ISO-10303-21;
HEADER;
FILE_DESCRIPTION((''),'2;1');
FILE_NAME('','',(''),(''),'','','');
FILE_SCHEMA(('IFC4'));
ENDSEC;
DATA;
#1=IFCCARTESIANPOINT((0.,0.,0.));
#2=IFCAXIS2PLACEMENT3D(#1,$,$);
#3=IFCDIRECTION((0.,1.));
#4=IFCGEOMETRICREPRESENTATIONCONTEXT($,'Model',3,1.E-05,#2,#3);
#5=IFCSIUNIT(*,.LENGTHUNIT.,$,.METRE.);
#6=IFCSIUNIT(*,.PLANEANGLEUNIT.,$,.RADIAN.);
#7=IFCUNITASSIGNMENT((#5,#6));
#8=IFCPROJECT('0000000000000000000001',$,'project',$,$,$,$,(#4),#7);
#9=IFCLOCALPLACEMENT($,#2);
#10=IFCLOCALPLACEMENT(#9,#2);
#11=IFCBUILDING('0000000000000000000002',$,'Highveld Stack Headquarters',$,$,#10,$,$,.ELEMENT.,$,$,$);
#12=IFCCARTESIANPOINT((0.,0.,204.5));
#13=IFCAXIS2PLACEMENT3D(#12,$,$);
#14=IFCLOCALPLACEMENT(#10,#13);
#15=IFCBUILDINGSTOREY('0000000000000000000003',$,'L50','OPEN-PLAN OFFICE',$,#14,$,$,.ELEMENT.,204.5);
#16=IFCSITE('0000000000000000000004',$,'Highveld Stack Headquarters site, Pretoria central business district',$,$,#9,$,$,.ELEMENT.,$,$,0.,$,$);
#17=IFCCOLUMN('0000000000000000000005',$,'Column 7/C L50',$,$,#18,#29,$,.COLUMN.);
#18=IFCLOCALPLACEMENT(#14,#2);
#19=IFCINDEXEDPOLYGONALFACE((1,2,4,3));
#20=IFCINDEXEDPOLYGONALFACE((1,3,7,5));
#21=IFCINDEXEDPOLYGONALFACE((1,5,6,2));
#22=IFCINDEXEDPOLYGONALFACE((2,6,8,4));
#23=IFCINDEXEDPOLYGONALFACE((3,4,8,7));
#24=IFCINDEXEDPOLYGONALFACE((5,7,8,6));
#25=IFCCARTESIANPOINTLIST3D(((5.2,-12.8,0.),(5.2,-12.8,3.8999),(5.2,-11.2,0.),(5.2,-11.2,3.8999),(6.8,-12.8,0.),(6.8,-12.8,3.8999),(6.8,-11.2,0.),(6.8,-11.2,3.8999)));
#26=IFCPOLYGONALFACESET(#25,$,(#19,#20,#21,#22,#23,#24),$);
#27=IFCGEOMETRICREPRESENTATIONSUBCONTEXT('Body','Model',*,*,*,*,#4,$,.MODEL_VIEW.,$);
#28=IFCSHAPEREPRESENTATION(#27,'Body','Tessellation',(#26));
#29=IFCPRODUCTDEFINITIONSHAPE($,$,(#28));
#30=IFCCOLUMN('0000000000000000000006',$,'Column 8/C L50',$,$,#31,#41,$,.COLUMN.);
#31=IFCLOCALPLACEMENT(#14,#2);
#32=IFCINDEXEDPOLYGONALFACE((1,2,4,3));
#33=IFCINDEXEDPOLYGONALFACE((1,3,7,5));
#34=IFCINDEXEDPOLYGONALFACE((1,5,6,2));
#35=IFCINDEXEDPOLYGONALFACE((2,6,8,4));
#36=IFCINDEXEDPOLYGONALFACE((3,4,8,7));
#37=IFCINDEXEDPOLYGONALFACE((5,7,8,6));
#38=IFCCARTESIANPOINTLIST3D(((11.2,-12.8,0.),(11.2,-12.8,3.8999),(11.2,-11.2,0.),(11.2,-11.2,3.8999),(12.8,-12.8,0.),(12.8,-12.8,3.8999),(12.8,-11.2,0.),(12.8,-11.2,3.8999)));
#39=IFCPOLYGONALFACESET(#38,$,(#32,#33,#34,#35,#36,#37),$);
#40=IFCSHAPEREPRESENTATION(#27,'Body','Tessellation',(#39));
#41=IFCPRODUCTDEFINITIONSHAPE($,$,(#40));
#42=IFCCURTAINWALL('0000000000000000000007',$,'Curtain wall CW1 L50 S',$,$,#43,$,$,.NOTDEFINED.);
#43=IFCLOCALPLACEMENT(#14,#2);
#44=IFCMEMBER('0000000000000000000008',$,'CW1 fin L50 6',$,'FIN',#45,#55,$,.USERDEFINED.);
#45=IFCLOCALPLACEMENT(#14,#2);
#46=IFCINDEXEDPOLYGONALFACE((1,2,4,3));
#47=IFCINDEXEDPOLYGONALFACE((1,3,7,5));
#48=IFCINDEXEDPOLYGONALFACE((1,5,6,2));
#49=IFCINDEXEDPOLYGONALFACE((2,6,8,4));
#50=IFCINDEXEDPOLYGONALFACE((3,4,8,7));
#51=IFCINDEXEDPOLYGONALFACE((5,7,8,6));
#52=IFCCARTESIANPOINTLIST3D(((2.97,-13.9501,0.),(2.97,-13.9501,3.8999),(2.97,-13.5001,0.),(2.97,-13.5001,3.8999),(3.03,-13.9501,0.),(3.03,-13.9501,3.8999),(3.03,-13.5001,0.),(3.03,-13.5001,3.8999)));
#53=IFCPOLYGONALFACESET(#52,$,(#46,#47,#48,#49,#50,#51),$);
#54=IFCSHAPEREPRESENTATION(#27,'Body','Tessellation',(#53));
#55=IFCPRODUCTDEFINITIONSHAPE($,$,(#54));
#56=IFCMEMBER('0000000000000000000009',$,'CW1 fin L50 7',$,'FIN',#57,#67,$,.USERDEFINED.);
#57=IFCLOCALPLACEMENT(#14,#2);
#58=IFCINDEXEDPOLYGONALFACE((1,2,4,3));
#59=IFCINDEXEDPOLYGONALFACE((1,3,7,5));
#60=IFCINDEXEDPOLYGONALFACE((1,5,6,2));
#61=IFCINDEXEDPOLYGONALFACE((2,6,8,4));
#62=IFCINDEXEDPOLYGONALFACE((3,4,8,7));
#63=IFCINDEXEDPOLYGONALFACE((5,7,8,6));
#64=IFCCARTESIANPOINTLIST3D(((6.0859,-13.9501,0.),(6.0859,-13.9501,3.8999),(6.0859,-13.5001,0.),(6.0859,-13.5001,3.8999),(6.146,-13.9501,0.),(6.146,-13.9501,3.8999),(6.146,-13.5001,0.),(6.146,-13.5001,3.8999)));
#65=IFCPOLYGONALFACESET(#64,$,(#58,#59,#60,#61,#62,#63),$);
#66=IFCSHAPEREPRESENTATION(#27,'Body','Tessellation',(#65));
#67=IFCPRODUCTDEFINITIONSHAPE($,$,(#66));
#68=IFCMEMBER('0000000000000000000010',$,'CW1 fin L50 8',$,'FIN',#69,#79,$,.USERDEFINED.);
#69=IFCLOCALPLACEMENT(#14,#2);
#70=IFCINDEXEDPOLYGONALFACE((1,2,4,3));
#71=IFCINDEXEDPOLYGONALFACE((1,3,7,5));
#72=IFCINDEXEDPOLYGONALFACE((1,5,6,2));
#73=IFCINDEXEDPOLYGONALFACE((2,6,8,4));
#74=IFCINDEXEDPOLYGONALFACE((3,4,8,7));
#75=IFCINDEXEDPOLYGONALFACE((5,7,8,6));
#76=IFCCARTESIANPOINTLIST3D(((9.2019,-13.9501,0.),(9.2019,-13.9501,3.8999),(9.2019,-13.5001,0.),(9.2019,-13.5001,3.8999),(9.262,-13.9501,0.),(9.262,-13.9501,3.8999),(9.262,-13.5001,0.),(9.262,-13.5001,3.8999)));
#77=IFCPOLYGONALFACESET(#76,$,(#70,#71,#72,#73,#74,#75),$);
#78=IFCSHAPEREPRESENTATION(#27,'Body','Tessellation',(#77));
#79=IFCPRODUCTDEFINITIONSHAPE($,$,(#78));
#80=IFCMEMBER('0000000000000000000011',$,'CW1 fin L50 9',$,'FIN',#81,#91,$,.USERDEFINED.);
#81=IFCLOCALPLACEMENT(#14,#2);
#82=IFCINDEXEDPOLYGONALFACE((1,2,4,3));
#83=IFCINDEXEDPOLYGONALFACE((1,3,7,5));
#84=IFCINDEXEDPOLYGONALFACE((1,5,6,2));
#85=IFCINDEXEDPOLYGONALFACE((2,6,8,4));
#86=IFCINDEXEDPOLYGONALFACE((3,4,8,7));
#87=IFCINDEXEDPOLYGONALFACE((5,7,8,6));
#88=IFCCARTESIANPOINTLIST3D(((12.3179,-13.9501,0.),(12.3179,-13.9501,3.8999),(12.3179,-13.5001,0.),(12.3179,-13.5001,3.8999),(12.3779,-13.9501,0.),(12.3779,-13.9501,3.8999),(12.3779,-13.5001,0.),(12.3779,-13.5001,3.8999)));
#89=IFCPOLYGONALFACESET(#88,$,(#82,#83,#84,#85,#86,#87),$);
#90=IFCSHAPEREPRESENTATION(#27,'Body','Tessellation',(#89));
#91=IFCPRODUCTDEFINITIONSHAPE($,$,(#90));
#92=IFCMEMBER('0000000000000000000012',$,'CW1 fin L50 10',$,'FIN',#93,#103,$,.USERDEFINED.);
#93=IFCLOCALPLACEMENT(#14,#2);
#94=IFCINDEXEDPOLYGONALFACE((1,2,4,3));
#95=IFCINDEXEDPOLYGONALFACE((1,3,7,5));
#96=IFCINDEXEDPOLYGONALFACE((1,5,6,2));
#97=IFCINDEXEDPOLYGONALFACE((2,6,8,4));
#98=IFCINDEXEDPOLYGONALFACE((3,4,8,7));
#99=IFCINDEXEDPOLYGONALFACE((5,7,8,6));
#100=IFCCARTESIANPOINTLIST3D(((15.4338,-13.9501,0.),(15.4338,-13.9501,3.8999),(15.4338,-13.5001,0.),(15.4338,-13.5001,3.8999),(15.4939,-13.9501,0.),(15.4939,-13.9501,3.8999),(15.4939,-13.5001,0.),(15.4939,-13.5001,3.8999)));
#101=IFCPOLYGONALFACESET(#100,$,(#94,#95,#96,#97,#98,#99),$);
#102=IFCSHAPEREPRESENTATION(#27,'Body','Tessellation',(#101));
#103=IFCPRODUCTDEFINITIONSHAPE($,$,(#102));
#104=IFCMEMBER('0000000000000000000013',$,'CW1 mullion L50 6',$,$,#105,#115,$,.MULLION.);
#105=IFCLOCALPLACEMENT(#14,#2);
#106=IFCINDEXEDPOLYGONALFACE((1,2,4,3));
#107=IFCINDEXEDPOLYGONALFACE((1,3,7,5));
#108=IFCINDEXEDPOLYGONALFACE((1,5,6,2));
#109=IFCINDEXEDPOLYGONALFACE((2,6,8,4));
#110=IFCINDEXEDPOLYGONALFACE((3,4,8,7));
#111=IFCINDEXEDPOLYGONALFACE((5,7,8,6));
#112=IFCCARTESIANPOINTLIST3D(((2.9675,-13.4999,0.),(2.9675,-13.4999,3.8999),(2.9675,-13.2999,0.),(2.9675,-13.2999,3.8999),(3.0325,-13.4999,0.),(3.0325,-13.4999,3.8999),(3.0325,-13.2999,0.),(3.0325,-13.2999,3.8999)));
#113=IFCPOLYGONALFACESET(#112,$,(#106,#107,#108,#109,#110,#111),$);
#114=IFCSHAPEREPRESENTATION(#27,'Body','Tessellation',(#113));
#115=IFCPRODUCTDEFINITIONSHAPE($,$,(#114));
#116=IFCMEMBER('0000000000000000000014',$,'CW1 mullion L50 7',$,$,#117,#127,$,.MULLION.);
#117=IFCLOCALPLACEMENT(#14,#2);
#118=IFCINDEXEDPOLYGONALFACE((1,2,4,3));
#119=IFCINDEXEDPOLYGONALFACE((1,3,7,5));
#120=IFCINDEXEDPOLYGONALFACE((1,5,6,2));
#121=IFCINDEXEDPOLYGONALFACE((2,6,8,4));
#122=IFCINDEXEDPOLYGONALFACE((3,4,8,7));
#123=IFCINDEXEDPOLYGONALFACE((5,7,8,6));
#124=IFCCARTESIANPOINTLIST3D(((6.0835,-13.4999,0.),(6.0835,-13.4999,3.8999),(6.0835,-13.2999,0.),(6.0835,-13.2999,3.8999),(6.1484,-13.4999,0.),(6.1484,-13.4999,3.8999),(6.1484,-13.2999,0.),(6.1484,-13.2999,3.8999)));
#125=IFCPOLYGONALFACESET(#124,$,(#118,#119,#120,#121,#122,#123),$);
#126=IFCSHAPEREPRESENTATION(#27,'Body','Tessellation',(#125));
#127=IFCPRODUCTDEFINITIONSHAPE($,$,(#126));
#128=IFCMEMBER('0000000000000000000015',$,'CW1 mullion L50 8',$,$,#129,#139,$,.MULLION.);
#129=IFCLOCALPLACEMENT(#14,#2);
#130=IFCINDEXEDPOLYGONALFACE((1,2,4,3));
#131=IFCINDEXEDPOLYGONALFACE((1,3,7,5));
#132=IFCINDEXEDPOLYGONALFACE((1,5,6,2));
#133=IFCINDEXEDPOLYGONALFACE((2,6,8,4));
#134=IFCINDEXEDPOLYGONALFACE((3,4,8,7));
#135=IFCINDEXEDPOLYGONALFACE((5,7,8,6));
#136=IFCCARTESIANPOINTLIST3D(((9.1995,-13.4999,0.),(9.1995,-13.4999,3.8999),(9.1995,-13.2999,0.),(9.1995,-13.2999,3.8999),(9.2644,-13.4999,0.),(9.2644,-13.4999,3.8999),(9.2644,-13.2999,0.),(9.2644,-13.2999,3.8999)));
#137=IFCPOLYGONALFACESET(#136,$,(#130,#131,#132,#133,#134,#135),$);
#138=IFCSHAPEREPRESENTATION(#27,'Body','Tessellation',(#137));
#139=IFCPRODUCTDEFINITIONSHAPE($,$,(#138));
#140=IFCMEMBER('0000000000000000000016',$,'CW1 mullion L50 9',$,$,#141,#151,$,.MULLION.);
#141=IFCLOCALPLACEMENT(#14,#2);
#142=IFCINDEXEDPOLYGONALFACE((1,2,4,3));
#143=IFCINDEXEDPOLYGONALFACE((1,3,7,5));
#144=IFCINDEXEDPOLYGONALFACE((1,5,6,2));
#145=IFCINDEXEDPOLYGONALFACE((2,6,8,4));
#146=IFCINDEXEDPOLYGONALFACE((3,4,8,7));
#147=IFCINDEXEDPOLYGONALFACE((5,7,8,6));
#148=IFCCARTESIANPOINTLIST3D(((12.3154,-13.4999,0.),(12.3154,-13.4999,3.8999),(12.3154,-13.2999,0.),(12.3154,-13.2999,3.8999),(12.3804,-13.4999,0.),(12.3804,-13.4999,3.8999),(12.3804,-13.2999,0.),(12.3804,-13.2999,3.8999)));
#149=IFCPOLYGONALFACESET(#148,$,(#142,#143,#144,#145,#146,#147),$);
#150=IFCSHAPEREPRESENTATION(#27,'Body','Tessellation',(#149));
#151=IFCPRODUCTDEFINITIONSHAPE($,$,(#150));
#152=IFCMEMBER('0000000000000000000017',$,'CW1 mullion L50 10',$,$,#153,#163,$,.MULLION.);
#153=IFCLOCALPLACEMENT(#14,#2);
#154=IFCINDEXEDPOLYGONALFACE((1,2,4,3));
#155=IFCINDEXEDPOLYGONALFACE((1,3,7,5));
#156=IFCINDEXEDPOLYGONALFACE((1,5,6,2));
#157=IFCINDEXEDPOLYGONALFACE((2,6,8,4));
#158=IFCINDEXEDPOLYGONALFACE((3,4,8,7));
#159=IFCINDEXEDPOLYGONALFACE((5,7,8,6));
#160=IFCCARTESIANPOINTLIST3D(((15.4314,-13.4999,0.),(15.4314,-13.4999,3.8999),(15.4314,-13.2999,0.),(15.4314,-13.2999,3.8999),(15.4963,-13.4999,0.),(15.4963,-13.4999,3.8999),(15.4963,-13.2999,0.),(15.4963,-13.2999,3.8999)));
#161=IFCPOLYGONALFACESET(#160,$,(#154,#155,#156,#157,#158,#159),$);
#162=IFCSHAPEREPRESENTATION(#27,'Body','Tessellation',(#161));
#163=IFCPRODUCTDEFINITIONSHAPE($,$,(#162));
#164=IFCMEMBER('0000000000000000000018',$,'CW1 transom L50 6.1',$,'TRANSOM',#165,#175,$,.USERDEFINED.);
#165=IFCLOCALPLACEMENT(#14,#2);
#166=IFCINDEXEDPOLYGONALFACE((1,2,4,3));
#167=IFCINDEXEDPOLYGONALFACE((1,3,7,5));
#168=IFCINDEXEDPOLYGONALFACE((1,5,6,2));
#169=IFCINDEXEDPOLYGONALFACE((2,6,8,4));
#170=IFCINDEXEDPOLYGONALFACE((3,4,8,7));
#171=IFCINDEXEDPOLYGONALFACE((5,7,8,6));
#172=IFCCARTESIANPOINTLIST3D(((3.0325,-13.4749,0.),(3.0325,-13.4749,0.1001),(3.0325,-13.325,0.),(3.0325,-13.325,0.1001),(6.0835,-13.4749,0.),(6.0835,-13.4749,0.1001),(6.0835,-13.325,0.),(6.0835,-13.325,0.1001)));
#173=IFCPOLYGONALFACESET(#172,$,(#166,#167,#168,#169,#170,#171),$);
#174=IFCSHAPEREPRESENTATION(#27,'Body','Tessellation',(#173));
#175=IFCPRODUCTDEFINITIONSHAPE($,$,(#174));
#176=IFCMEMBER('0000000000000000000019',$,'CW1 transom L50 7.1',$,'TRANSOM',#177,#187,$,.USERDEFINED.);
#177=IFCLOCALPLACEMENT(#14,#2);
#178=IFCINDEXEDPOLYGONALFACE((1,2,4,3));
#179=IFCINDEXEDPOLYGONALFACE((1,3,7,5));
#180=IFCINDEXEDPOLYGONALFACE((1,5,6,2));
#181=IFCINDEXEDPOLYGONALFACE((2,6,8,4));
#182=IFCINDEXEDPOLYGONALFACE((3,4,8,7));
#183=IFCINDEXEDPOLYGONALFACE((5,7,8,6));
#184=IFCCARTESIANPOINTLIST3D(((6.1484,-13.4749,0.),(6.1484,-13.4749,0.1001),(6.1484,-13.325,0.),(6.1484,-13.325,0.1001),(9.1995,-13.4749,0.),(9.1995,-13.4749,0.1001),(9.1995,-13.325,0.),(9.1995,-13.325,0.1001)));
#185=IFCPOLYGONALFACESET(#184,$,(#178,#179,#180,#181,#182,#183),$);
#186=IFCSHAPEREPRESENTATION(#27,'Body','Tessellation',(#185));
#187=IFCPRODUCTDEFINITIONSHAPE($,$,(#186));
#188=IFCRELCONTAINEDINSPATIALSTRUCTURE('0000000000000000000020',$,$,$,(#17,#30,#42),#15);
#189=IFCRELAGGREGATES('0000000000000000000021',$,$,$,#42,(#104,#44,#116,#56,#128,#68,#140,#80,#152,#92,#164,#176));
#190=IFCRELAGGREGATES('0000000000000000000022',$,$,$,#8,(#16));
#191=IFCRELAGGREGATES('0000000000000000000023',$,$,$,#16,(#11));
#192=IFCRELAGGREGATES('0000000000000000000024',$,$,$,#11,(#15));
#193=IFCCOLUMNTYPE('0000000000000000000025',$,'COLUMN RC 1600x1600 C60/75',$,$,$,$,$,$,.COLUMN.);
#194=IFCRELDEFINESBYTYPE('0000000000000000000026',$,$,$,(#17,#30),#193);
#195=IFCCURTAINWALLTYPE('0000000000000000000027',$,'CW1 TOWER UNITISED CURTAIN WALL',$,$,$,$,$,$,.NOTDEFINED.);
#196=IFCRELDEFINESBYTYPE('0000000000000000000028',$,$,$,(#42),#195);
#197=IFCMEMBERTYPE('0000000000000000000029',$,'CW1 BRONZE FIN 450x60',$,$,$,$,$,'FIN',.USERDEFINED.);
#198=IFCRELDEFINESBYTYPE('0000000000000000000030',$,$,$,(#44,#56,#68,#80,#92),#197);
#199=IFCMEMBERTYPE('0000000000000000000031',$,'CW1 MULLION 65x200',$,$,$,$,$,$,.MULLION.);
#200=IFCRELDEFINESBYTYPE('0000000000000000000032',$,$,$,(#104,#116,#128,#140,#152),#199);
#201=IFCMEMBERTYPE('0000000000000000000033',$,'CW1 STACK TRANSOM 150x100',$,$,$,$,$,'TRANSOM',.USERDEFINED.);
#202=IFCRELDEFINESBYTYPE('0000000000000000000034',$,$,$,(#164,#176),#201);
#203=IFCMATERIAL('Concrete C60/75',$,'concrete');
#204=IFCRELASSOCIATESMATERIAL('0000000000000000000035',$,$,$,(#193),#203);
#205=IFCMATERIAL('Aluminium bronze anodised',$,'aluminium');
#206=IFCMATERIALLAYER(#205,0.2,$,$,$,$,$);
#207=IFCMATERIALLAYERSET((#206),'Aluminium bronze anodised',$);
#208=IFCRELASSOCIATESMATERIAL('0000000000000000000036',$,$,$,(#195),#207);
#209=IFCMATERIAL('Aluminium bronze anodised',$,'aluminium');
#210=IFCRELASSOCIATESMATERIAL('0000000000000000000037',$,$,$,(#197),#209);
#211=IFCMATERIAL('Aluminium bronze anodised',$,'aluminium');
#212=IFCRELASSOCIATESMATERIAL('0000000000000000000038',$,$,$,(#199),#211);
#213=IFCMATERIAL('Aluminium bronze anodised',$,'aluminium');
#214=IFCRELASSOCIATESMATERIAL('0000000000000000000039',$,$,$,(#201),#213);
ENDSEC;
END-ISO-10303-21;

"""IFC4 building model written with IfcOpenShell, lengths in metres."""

from ifc_helpers import new_model, si_unit, direction, frame, origin, origin_2d, place, context, subcontext, project, spatial, rectangle, extrude, material, layer, layer_set, material_profile, profile_set, type_object, element, aggregate, save


model = new_model("IFC4")

# Units and contexts
model_context = context("Model", 3, precision=1e-05, world=origin(), true_north=direction((0.0, 1.0)))
body_context = subcontext(model_context, "Body", "Model", "MODEL_VIEW")
ifc_project = project(units=[si_unit("LENGTHUNIT", "METRE"), si_unit("PLANEANGLEUNIT", "RADIAN")], contexts=[model_context])

# Site, building, storey
site_placement = place(None, origin())
site = spatial("IfcSite", under=ifc_project, at=site_placement, Name="Highveld Stack Headquarters site, Pretoria central business district", CompositionType="ELEMENT", RefElevation=0.0)
building_placement = place(site_placement, origin())
building = spatial("IfcBuilding", under=site, at=building_placement, Name="Highveld Stack Headquarters", CompositionType="ELEMENT")
storey_placement = place(building_placement, frame((0.0, 0.0, 204.5)))
storey = spatial("IfcBuildingStorey", under=building, at=storey_placement, Name="L50", Description="OPEN-PLAN OFFICE", CompositionType="ELEMENT", Elevation=204.5)

# Columns
ifc_material_1 = material(Name="Concrete C60/75", Category="concrete")
ifc_material_profile_1 = material_profile(ifc_material_1, rectangle(XDim=1.6001, YDim=1.6001, at=origin_2d()), Name="RC 1600x1600")
ifc_profile_set_1 = profile_set([ifc_material_profile_1], Name="Concrete C60/75")
column_type = type_object("IfcColumnType", Name="COLUMN RC 1600x1600 C60/75", PredefinedType="COLUMN", material=ifc_profile_set_1)
for number, where, z_axis, x_axis, name in (
    (1, (6.0, -12.0, 0.0), (0.0, 0.0, 1.0), (1.0, 0.0, 0.0), "Column 7/C L50"),
    (2, (12.0, -12.0, 0.0), (0.0, 0.0, 1.0), (1.0, 0.0, 0.0), "Column 8/C L50"),
):
    element("IfcColumn", number, at=place(storey_placement, frame(where, z_axis=z_axis, x_axis=x_axis)), inside=storey, type_object=column_type, Name=name, PredefinedType="COLUMN", context=body_context, shape_type="SweptSolid", body=[
        extrude(rectangle(XDim=1.6001, YDim=1.6001, at=origin_2d()), origin(), (0.0, 0.0, 1.0), 3.8999),
    ])

# Curtain wall, members
ifc_material_2 = material(Name="Aluminium bronze anodised", Category="aluminium")
ifc_layer_1 = layer(ifc_material_2, 0.2)
ifc_layer_set_1 = layer_set([ifc_layer_1], Name="Aluminium bronze anodised")
curtain_wall_type = type_object("IfcCurtainWallType", Name="CW1 TOWER UNITISED CURTAIN WALL", PredefinedType="NOTDEFINED", material=ifc_layer_set_1)
curtain_wall_placement = place(storey_placement, origin())
curtain_wall = element("IfcCurtainWall", 3, at=curtain_wall_placement, inside=storey, type_object=curtain_wall_type, Name="Curtain wall CW1 L50 S", PredefinedType="NOTDEFINED")
ifc_material_3 = material(Name="Aluminium bronze anodised", Category="aluminium")
ifc_material_profile_2 = material_profile(ifc_material_3, rectangle(XDim=0.45, YDim=0.0601, at=origin_2d()), Name="FIN 450x60")
ifc_profile_set_2 = profile_set([ifc_material_profile_2], Name="Aluminium bronze anodised")
member_type_1 = type_object("IfcMemberType", Name="CW1 BRONZE FIN 450x60", ElementType="FIN", PredefinedType="USERDEFINED", material=ifc_profile_set_2)
member_1_placement = place(storey_placement, frame((3.0, -13.7251, 0.0), z_axis=(0.0, 0.0, 1.0), x_axis=(0.0, 1.0, 0.0)))
member_1 = element("IfcMember", 4, at=member_1_placement, type_object=member_type_1, Name="CW1 fin L50 6", ObjectType="FIN", PredefinedType="USERDEFINED", context=body_context, shape_type="SweptSolid", body=[
    extrude(rectangle(XDim=0.45, YDim=0.0601, at=origin_2d()), origin(), (0.0, 0.0, 1.0), 3.8999),
])
member_2_placement = place(storey_placement, frame((6.116, -13.7251, 0.0), z_axis=(0.0, 0.0, 1.0), x_axis=(0.0, 1.0, 0.0)))
member_2 = element("IfcMember", 5, at=member_2_placement, type_object=member_type_1, Name="CW1 fin L50 7", ObjectType="FIN", PredefinedType="USERDEFINED", context=body_context, shape_type="SweptSolid", body=[
    extrude(rectangle(XDim=0.45, YDim=0.0601, at=origin_2d()), origin(), (0.0, 0.0, 1.0), 3.8999),
])
member_3_placement = place(storey_placement, frame((9.2319, -13.7251, 0.0), z_axis=(0.0, 0.0, 1.0), x_axis=(0.0, 1.0, 0.0)))
member_3 = element("IfcMember", 6, at=member_3_placement, type_object=member_type_1, Name="CW1 fin L50 8", ObjectType="FIN", PredefinedType="USERDEFINED", context=body_context, shape_type="SweptSolid", body=[
    extrude(rectangle(XDim=0.45, YDim=0.0601, at=origin_2d()), origin(), (0.0, 0.0, 1.0), 3.8999),
])
member_4_placement = place(storey_placement, frame((12.3479, -13.7251, 0.0), z_axis=(0.0, 0.0, 1.0), x_axis=(0.0, 1.0, 0.0)))
member_4 = element("IfcMember", 7, at=member_4_placement, type_object=member_type_1, Name="CW1 fin L50 9", ObjectType="FIN", PredefinedType="USERDEFINED", context=body_context, shape_type="SweptSolid", body=[
    extrude(rectangle(XDim=0.45, YDim=0.0601, at=origin_2d()), origin(), (0.0, 0.0, 1.0), 3.8999),
])
member_5_placement = place(storey_placement, frame((15.4639, -13.7251, 0.0), z_axis=(0.0, 0.0, 1.0), x_axis=(0.0, 1.0, 0.0)))
member_5 = element("IfcMember", 8, at=member_5_placement, type_object=member_type_1, Name="CW1 fin L50 10", ObjectType="FIN", PredefinedType="USERDEFINED", context=body_context, shape_type="SweptSolid", body=[
    extrude(rectangle(XDim=0.45, YDim=0.0601, at=origin_2d()), origin(), (0.0, 0.0, 1.0), 3.8999),
])
ifc_material_4 = material(Name="Aluminium bronze anodised", Category="aluminium")
ifc_material_profile_3 = material_profile(ifc_material_4, rectangle(XDim=0.2, YDim=0.0649, at=origin_2d()), Name="CW1 MULLION 65x200")
ifc_profile_set_3 = profile_set([ifc_material_profile_3], Name="Aluminium bronze anodised")
member_type_2 = type_object("IfcMemberType", Name="CW1 MULLION 65x200", PredefinedType="MULLION", material=ifc_profile_set_3)
member_6_placement = place(storey_placement, frame((3.0, -13.3999, 0.0), z_axis=(0.0, 0.0, 1.0), x_axis=(0.0, 1.0, 0.0)))
member_6 = element("IfcMember", 9, at=member_6_placement, type_object=member_type_2, Name="CW1 mullion L50 6", PredefinedType="MULLION", context=body_context, shape_type="SweptSolid", body=[
    extrude(rectangle(XDim=0.2, YDim=0.0649, at=origin_2d()), origin(), (0.0, 0.0, 1.0), 3.8999),
])
member_7_placement = place(storey_placement, frame((6.116, -13.3999, 0.0), z_axis=(0.0, 0.0, 1.0), x_axis=(0.0, 1.0, 0.0)))
member_7 = element("IfcMember", 10, at=member_7_placement, type_object=member_type_2, Name="CW1 mullion L50 7", PredefinedType="MULLION", context=body_context, shape_type="SweptSolid", body=[
    extrude(rectangle(XDim=0.2, YDim=0.0649, at=origin_2d()), origin(), (0.0, 0.0, 1.0), 3.8999),
])
member_8_placement = place(storey_placement, frame((9.2319, -13.3999, 0.0), z_axis=(0.0, 0.0, 1.0), x_axis=(0.0, 1.0, 0.0)))
member_8 = element("IfcMember", 11, at=member_8_placement, type_object=member_type_2, Name="CW1 mullion L50 8", PredefinedType="MULLION", context=body_context, shape_type="SweptSolid", body=[
    extrude(rectangle(XDim=0.2, YDim=0.0649, at=origin_2d()), origin(), (0.0, 0.0, 1.0), 3.8999),
])
member_9_placement = place(storey_placement, frame((12.3479, -13.3999, 0.0), z_axis=(0.0, 0.0, 1.0), x_axis=(0.0, 1.0, 0.0)))
member_9 = element("IfcMember", 12, at=member_9_placement, type_object=member_type_2, Name="CW1 mullion L50 9", PredefinedType="MULLION", context=body_context, shape_type="SweptSolid", body=[
    extrude(rectangle(XDim=0.2, YDim=0.0649, at=origin_2d()), origin(), (0.0, 0.0, 1.0), 3.8999),
])
member_10_placement = place(storey_placement, frame((15.4639, -13.3999, 0.0), z_axis=(0.0, 0.0, 1.0), x_axis=(0.0, 1.0, 0.0)))
member_10 = element("IfcMember", 13, at=member_10_placement, type_object=member_type_2, Name="CW1 mullion L50 10", PredefinedType="MULLION", context=body_context, shape_type="SweptSolid", body=[
    extrude(rectangle(XDim=0.2, YDim=0.0649, at=origin_2d()), origin(), (0.0, 0.0, 1.0), 3.8999),
])
ifc_material_5 = material(Name="Aluminium bronze anodised", Category="aluminium")
ifc_material_profile_4 = material_profile(ifc_material_5, rectangle(XDim=0.1499, YDim=0.1001, at=origin_2d()), Name="CW1 TRANSOM 150x100")
ifc_profile_set_4 = profile_set([ifc_material_profile_4], Name="Aluminium bronze anodised")
member_type_3 = type_object("IfcMemberType", Name="CW1 STACK TRANSOM 150x100", ElementType="TRANSOM", PredefinedType="USERDEFINED", material=ifc_profile_set_4)
member_11_placement = place(storey_placement, frame((3.0325, -13.3999, 0.05), z_axis=(1.0, 0.0, 0.0), x_axis=(0.0, 1.0, 0.0)))
member_11 = element("IfcMember", 14, at=member_11_placement, type_object=member_type_3, Name="CW1 transom L50 6.1", ObjectType="TRANSOM", PredefinedType="USERDEFINED", context=body_context, shape_type="SweptSolid", body=[
    extrude(rectangle(XDim=0.1499, YDim=0.1001, at=origin_2d()), origin(), (0.0, 0.0, 1.0), 3.051),
])
member_12_placement = place(storey_placement, frame((6.1484, -13.3999, 0.05), z_axis=(1.0, 0.0, 0.0), x_axis=(0.0, 1.0, 0.0)))
member_12 = element("IfcMember", 15, at=member_12_placement, type_object=member_type_3, Name="CW1 transom L50 7.1", ObjectType="TRANSOM", PredefinedType="USERDEFINED", context=body_context, shape_type="SweptSolid", body=[
    extrude(rectangle(XDim=0.1499, YDim=0.1001, at=origin_2d()), origin(), (0.0, 0.0, 1.0), 3.051),
])
aggregate(curtain_wall, [member_6, member_1, member_7, member_2, member_8, member_3, member_9, member_4, member_10, member_5, member_11, member_12])

save(model, "model.ifc")
